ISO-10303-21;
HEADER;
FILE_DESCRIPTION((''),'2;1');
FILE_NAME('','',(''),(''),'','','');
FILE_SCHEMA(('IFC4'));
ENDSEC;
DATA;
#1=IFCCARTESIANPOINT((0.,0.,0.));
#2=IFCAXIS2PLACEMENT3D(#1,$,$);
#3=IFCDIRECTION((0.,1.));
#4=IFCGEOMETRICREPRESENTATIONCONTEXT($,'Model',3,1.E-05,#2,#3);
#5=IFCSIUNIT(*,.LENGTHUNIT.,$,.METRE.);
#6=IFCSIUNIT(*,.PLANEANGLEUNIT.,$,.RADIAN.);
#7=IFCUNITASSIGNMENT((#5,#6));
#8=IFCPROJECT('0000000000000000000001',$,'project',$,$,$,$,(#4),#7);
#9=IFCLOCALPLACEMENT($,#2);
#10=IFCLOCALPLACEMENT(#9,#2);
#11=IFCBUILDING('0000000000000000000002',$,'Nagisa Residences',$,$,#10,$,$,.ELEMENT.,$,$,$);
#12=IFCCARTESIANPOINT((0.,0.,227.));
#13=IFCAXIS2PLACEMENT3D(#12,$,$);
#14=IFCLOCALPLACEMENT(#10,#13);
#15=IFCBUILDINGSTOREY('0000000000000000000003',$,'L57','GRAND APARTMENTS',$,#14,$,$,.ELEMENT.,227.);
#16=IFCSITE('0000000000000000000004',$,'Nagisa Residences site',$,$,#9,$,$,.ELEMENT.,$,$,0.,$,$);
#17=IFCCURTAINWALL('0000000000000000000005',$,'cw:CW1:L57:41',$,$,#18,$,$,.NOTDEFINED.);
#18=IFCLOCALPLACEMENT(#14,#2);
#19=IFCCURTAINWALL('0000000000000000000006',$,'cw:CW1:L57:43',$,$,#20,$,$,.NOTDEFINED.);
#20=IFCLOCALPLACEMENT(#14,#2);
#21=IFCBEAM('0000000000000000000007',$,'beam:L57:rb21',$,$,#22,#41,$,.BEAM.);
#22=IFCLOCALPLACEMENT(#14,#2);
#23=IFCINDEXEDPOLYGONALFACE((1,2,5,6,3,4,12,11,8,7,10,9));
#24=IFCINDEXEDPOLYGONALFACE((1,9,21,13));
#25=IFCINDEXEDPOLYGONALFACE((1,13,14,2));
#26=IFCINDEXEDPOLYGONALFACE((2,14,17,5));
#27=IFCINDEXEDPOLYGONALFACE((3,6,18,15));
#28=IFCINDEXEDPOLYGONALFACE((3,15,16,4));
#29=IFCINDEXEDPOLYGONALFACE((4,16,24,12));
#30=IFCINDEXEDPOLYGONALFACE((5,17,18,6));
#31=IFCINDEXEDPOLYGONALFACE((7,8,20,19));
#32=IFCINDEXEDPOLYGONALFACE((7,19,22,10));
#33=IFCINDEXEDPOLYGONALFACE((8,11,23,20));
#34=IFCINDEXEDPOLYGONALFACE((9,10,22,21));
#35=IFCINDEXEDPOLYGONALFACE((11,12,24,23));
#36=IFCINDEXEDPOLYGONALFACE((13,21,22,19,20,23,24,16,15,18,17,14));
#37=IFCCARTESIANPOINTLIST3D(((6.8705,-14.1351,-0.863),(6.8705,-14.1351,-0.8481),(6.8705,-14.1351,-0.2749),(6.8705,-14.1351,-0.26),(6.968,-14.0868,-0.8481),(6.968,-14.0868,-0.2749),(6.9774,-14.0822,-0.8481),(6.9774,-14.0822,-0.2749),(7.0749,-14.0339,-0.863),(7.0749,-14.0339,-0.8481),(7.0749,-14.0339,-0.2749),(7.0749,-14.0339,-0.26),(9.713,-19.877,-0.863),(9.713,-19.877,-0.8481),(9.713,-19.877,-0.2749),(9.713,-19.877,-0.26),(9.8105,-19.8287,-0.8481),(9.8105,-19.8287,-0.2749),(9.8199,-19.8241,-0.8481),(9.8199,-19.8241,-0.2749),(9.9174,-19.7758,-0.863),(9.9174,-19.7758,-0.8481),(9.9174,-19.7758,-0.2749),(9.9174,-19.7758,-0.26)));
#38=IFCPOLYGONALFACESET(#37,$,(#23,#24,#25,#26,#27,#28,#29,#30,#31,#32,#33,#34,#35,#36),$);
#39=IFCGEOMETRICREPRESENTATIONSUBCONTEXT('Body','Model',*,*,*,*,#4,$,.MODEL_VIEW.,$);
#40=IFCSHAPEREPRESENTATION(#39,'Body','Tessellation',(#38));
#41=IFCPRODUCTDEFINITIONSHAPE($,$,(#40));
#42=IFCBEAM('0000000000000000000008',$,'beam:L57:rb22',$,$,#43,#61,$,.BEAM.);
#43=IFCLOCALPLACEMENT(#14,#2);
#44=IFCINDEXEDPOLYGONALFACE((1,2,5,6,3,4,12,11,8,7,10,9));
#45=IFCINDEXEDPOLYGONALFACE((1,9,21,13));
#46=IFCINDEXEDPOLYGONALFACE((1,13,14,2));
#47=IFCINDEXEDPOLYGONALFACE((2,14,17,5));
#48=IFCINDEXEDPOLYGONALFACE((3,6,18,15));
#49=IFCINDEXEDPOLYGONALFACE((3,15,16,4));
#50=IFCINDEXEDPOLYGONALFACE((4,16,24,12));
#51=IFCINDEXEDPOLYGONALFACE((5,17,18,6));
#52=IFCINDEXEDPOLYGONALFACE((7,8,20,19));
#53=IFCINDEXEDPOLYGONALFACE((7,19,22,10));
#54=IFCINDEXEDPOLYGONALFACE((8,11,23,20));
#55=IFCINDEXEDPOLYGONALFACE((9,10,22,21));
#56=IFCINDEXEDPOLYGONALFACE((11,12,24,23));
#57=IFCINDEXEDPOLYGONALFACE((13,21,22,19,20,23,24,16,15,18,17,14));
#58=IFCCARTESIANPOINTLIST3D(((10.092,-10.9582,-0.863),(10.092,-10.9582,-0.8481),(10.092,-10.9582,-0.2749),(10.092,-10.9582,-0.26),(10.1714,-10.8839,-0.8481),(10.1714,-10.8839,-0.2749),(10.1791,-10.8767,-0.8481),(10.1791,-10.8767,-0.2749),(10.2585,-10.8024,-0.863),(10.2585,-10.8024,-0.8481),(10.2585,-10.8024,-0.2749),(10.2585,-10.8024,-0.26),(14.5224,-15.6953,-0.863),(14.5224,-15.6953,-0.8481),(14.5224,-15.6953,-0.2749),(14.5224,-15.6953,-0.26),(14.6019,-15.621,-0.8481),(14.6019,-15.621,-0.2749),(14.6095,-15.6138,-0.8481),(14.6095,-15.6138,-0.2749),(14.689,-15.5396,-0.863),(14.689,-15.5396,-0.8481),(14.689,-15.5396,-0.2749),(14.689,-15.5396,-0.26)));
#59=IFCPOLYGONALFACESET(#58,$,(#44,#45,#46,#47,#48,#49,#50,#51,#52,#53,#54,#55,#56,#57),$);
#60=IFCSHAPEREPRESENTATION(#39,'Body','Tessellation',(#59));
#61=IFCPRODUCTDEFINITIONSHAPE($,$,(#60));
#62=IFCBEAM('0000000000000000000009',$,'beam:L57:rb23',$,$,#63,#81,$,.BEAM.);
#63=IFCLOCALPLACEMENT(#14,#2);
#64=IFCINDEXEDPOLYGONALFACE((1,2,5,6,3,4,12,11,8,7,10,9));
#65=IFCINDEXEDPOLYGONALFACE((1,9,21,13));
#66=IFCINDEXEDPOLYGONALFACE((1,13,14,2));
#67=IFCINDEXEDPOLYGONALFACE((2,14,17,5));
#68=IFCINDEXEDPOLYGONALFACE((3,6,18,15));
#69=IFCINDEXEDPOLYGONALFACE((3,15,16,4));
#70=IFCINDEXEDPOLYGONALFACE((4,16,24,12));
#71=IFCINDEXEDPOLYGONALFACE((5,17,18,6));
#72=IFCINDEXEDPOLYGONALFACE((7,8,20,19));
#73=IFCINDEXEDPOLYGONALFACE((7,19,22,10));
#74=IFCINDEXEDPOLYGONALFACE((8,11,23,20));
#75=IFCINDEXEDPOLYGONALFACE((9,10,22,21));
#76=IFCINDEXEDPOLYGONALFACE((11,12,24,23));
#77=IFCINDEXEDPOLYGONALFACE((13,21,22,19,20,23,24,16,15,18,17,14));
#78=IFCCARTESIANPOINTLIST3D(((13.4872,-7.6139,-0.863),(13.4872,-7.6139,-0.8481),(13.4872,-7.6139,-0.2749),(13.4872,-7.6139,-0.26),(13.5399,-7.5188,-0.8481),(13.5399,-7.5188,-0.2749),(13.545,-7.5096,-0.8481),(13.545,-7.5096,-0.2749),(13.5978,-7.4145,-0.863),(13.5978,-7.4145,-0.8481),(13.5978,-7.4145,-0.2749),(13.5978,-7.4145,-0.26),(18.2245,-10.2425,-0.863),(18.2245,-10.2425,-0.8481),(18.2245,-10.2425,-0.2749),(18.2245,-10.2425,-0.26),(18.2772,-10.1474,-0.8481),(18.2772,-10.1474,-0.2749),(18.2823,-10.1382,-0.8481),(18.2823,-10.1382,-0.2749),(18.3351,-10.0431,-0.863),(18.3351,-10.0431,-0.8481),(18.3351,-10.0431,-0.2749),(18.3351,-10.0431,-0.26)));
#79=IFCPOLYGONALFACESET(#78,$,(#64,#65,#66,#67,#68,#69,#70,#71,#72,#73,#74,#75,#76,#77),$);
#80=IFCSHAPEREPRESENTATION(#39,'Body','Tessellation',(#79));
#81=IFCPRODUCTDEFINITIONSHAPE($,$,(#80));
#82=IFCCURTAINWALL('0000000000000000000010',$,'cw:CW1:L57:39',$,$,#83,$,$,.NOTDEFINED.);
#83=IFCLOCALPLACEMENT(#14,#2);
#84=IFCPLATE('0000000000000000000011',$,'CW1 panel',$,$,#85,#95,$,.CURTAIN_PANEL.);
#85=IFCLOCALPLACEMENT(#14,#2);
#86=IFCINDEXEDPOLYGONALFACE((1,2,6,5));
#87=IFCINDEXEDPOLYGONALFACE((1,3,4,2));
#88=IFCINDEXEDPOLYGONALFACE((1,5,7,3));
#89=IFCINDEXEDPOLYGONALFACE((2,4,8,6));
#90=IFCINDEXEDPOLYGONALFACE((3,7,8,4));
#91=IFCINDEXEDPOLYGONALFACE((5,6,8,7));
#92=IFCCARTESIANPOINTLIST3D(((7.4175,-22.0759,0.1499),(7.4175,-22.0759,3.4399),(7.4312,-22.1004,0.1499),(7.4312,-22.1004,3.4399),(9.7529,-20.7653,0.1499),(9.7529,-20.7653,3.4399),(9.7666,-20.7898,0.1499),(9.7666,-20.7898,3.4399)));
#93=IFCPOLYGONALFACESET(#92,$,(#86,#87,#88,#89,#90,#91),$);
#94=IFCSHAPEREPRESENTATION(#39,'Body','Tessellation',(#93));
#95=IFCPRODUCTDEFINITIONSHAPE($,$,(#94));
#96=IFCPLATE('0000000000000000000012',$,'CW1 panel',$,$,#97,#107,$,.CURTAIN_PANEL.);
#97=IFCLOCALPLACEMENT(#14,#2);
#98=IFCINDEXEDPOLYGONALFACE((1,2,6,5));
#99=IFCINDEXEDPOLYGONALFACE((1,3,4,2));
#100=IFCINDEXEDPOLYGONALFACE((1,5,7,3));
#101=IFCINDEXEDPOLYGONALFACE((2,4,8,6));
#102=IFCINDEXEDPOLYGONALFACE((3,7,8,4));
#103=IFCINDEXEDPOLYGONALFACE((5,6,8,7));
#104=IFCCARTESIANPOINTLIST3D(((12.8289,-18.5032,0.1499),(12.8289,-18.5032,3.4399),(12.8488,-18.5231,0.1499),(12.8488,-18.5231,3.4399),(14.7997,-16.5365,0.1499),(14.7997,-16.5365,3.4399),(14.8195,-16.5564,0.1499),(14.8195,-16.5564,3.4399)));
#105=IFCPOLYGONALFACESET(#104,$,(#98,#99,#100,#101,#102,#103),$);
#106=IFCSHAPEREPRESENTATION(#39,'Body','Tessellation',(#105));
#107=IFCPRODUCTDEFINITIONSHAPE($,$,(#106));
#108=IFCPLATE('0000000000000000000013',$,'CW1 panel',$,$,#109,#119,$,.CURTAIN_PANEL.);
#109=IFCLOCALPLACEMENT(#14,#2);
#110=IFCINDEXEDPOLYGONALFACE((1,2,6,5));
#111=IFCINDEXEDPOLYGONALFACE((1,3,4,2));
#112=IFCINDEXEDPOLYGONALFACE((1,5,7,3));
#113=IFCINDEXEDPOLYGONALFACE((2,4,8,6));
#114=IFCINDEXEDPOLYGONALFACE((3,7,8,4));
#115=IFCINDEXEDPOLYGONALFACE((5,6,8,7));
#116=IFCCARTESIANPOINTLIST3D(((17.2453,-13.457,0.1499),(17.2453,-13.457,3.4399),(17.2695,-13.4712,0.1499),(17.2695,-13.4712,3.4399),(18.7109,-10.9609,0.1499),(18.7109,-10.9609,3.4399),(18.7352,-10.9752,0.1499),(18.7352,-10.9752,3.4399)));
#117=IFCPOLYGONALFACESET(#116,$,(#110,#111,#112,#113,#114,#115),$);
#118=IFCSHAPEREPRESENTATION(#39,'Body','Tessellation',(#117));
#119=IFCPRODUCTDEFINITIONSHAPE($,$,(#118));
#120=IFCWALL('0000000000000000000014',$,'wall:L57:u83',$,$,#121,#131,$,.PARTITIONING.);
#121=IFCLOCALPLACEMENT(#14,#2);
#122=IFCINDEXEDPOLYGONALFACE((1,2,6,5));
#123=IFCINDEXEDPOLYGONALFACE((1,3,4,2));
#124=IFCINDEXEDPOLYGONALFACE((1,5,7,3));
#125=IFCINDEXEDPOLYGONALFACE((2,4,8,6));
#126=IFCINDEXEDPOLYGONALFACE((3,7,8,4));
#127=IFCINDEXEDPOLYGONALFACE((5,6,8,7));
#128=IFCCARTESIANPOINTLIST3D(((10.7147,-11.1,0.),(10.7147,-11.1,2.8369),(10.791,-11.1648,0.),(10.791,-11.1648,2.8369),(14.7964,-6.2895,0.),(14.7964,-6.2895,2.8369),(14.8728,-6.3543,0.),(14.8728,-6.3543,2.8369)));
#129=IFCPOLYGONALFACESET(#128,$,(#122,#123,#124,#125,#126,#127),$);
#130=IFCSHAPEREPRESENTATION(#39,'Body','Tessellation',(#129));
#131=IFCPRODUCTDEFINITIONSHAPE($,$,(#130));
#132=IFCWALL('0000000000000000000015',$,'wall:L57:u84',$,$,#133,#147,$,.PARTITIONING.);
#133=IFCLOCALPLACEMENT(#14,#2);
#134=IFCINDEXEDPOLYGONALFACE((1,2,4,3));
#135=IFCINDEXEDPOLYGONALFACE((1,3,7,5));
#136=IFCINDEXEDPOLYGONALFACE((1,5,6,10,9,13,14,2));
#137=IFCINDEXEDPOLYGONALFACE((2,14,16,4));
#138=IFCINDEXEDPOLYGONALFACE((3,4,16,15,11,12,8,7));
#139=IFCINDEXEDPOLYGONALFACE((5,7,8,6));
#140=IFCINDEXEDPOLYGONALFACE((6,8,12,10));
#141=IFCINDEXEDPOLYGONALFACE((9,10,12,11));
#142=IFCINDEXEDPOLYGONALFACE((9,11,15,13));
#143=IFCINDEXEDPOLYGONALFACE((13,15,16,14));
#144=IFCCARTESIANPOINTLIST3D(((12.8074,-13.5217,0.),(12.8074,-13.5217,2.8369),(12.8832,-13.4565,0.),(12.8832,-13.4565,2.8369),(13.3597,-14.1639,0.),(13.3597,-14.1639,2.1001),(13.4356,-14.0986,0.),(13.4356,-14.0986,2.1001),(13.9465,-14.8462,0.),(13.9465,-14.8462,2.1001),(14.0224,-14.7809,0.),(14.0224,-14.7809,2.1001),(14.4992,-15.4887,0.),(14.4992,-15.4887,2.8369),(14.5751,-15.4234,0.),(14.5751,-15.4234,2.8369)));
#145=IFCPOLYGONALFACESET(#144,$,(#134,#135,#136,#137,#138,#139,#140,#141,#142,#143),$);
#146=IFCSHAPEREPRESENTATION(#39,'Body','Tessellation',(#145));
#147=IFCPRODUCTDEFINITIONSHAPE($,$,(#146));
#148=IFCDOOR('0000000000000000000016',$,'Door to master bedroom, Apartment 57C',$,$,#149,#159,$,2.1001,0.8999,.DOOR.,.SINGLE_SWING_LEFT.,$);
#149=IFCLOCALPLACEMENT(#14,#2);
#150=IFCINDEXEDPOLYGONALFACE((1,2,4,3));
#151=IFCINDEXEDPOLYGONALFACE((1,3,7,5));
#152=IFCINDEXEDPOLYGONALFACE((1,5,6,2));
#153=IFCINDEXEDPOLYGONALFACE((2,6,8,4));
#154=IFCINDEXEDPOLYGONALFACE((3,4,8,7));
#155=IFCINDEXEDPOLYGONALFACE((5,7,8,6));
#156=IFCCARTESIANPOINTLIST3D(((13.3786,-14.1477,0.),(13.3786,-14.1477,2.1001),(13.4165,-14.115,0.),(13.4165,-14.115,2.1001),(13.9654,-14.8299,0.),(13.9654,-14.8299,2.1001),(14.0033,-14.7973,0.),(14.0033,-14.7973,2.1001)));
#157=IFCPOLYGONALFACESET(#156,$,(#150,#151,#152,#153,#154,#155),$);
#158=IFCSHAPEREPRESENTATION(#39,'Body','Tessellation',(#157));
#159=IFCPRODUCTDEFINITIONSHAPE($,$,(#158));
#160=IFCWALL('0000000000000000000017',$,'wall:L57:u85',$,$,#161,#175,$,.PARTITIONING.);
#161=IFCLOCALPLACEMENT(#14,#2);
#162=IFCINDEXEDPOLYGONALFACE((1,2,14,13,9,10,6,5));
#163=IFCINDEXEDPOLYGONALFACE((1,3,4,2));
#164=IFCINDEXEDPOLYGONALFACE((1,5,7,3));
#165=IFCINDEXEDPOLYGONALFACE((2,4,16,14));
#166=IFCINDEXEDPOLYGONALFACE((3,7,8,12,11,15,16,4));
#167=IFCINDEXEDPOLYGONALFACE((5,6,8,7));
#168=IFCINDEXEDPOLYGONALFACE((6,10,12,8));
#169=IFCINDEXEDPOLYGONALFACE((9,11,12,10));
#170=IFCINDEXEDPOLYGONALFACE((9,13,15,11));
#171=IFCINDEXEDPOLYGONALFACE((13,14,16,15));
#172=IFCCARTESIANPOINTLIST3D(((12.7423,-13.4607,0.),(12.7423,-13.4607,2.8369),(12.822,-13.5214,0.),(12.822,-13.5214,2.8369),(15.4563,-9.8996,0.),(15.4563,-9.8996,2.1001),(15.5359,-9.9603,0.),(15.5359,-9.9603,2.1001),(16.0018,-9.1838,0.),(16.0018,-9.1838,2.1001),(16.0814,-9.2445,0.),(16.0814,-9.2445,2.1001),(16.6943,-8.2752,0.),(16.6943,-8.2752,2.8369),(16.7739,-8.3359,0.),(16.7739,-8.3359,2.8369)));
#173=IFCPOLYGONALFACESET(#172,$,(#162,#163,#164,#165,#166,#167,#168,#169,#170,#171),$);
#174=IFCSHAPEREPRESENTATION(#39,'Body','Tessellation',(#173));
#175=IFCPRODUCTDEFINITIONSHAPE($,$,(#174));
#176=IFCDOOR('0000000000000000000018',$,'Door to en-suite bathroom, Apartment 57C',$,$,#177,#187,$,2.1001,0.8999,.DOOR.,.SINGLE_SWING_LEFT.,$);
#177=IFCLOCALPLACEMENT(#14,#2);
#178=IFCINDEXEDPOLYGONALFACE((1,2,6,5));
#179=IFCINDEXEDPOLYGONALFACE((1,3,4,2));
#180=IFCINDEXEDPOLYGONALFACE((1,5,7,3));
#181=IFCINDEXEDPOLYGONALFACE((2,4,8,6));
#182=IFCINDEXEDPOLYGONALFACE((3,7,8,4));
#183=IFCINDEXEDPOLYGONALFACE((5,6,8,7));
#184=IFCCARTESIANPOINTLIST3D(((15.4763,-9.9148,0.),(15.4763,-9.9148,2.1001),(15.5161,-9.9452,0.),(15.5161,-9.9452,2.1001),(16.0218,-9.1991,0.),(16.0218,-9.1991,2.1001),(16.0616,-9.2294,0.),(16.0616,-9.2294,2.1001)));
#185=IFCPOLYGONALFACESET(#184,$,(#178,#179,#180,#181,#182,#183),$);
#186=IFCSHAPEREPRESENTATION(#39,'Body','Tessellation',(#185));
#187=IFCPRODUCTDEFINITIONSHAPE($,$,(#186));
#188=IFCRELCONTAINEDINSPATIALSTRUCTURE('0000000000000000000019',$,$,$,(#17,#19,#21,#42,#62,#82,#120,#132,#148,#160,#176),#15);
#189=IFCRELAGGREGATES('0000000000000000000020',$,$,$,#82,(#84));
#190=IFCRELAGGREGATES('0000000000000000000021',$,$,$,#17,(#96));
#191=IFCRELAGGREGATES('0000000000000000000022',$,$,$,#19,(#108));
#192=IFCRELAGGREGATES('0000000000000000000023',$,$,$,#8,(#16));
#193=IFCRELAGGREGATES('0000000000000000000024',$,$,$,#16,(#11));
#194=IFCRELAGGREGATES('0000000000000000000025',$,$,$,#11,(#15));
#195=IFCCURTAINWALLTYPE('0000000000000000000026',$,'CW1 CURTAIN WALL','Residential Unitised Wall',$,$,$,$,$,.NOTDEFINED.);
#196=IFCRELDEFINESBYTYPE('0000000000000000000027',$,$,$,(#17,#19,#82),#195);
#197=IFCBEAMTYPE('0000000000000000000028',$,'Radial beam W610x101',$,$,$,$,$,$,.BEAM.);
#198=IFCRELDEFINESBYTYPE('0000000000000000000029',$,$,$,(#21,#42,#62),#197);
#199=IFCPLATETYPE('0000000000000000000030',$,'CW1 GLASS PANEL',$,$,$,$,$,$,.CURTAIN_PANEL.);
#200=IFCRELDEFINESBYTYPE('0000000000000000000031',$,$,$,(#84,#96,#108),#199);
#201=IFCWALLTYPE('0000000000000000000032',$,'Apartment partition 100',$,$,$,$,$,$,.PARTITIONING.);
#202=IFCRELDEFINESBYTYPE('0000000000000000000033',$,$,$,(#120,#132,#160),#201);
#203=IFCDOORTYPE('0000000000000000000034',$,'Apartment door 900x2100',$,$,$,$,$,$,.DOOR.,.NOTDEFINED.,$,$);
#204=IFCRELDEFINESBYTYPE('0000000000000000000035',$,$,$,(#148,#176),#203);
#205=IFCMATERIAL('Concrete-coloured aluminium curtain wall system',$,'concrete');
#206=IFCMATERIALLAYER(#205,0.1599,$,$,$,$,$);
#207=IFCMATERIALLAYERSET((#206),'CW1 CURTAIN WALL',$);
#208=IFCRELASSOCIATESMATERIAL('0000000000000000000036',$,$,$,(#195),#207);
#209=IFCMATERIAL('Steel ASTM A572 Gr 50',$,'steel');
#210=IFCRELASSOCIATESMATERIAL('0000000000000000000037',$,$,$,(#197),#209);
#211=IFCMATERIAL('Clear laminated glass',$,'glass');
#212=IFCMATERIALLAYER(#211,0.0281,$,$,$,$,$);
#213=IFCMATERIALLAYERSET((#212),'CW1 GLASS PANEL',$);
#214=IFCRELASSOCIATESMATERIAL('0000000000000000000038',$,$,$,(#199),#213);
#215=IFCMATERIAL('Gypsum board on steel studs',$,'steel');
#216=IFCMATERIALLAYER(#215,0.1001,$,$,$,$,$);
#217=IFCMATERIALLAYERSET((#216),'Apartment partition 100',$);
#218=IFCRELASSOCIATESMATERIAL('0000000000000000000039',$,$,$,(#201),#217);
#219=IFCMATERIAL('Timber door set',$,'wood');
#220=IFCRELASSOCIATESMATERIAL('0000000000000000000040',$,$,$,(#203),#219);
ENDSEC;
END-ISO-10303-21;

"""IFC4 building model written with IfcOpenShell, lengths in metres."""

from ifc_helpers import new_model, si_unit, direction, frame, frame_2d, origin, origin_2d, place, context, subcontext, project, spatial, rectangle, i_section, extrude, material, layer, layer_set, material_profile, profile_set, type_object, element, fill, aggregate, save


model = new_model("IFC4")

# Units and contexts
model_context = context("Model", 3, precision=1e-05, world=origin(), true_north=direction((0.0, 1.0)))
body_context = subcontext(model_context, "Body", "Model", "MODEL_VIEW")
ifc_project = project(units=[si_unit("LENGTHUNIT", "METRE"), si_unit("PLANEANGLEUNIT", "RADIAN")], contexts=[model_context])

# Site, building, storey
site_placement = place(None, origin())
site = spatial("IfcSite", under=ifc_project, at=site_placement, Name="Nagisa Residences site", CompositionType="ELEMENT", RefElevation=0.0)
building_placement = place(site_placement, origin())
building = spatial("IfcBuilding", under=site, at=building_placement, Name="Nagisa Residences", CompositionType="ELEMENT")
storey_placement = place(building_placement, frame((0.0, 0.0, 227.0)))
storey = spatial("IfcBuildingStorey", under=building, at=storey_placement, Name="L57", Description="GRAND APARTMENTS", CompositionType="ELEMENT", Elevation=227.0)

# Curtain walls
ifc_material_1 = material(Name="Concrete-coloured aluminium curtain wall system", Category="concrete")
ifc_layer_1 = layer(ifc_material_1, 0.1599)
ifc_layer_set_1 = layer_set([ifc_layer_1], Name="CW1 CURTAIN WALL")
curtain_wall_type = type_object("IfcCurtainWallType", Name="CW1 CURTAIN WALL", Description="Residential Unitised Wall", PredefinedType="NOTDEFINED", material=ifc_layer_set_1)
curtain_wall_1_placement = place(storey_placement, origin())
curtain_wall_1 = element("IfcCurtainWall", 1, at=curtain_wall_1_placement, inside=storey, type_object=curtain_wall_type, Name="cw:CW1:L57:41", PredefinedType="NOTDEFINED")
curtain_wall_2_placement = place(storey_placement, origin())
curtain_wall_2 = element("IfcCurtainWall", 2, at=curtain_wall_2_placement, inside=storey, type_object=curtain_wall_type, Name="cw:CW1:L57:43", PredefinedType="NOTDEFINED")

# Beams
ifc_material_2 = material(Name="Steel ASTM A572 Gr 50", Category="steel")
ifc_material_profile_1 = material_profile(ifc_material_2, i_section(OverallWidth=0.228, OverallDepth=0.603, WebThickness=0.0105, FlangeThickness=0.0149, at=origin_2d()), Name="W610x101")
ifc_profile_set_1 = profile_set([ifc_material_profile_1], Name="Steel ASTM A572 Gr 50")
beam_type_1 = type_object("IfcBeamType", Name="Radial beam W610x101", PredefinedType="BEAM", material=ifc_profile_set_1)
beam_1_placement = place(storey_placement, frame((9.8152, -19.8264, -0.5615), z_axis=(-0.443659, 0.896196, 0.0), x_axis=(-0.896196, -0.443659, 0.0)))
element("IfcBeam", 3, at=beam_1_placement, inside=storey, type_object=beam_type_1, Name="beam:L57:rb21", PredefinedType="BEAM", context=body_context, shape_type="SweptSolid", body=[
    extrude(i_section(OverallWidth=0.228, OverallDepth=0.603, WebThickness=0.0105, FlangeThickness=0.0149, at=origin_2d()), origin(), (0.0, 0.0, 1.0), 6.407),
])
beam_2_placement = place(storey_placement, frame((14.6057, -15.6174, -0.5615), z_axis=(-0.683073, 0.73035, 0.0), x_axis=(-0.73035, -0.683073, 0.0)))
element("IfcBeam", 4, at=beam_2_placement, inside=storey, type_object=beam_type_1, Name="beam:L57:rb22", PredefinedType="BEAM", context=body_context, shape_type="SweptSolid", body=[
    extrude(i_section(OverallWidth=0.228, OverallDepth=0.603, WebThickness=0.0105, FlangeThickness=0.0149, at=origin_2d()), origin(), (0.0, 0.0, 1.0), 6.4861),
])
beam_3_placement = place(storey_placement, frame((18.2798, -10.1428, -0.5615), z_axis=(-0.874406, 0.485195, 0.0), x_axis=(-0.485195, -0.874406, 0.0)))
element("IfcBeam", 5, at=beam_3_placement, inside=storey, type_object=beam_type_1, Name="beam:L57:rb23", PredefinedType="BEAM", context=body_context, shape_type="SweptSolid", body=[
    extrude(i_section(OverallWidth=0.228, OverallDepth=0.603, WebThickness=0.0105, FlangeThickness=0.0149, at=origin_2d()), origin(), (0.0, 0.0, 1.0), 5.4177),
])

# Curtain wall, plate
curtain_wall_3_placement = place(storey_placement, origin())
curtain_wall_3 = element("IfcCurtainWall", 6, at=curtain_wall_3_placement, inside=storey, type_object=curtain_wall_type, Name="cw:CW1:L57:39", PredefinedType="NOTDEFINED")
ifc_material_3 = material(Name="Clear laminated glass", Category="glass")
ifc_layer_2 = layer(ifc_material_3, 0.0281)
ifc_layer_set_2 = layer_set([ifc_layer_2], Name="CW1 GLASS PANEL")
plate_type = type_object("IfcPlateType", Name="CW1 GLASS PANEL", PredefinedType="CURTAIN_PANEL", material=ifc_layer_set_2)
plate_1_placement = place(storey_placement, frame((8.592, -21.4329, 0.1499), z_axis=(0.0, 0.0, 1.0), x_axis=(0.872072, 0.489377, 0.0)))
plate_1 = element("IfcPlate", 7, at=plate_1_placement, type_object=plate_type, Name="CW1 panel", PredefinedType="CURTAIN_PANEL", context=body_context, shape_type="SweptSolid", body=[
    extrude(rectangle(XDim=2.678, YDim=0.0281, at=origin_2d()), origin(), (0.0, 0.0, 1.0), 3.29),
])
aggregate(curtain_wall_3, [plate_1])

# Plates
plate_2_placement = place(storey_placement, frame((13.8242, -17.5298, 0.1499), z_axis=(0.0, 0.0, 1.0), x_axis=(0.707836, 0.706377, 0.0)))
plate_2 = element("IfcPlate", 8, at=plate_2_placement, type_object=plate_type, Name="CW1 panel", PredefinedType="CURTAIN_PANEL", context=body_context, shape_type="SweptSolid", body=[
    extrude(rectangle(XDim=2.7842, YDim=0.0281, at=origin_2d()), origin(), (0.0, 0.0, 1.0), 3.29),
])
aggregate(curtain_wall_1, [plate_2])
plate_3_placement = place(storey_placement, frame((17.9902, -12.2161, 0.1499), z_axis=(0.0, 0.0, 1.0), x_axis=(0.506349, 0.862329, 0.0)))
plate_3 = element("IfcPlate", 9, at=plate_3_placement, type_object=plate_type, Name="CW1 panel", PredefinedType="CURTAIN_PANEL", context=body_context, shape_type="SweptSolid", body=[
    extrude(rectangle(XDim=2.8945, YDim=0.0281, at=origin_2d()), origin(), (0.0, 0.0, 1.0), 3.29),
])
aggregate(curtain_wall_2, [plate_3])

# Wall
ifc_material_4 = material(Name="Gypsum board on steel studs", Category="steel")
ifc_layer_3 = layer(ifc_material_4, 0.1001)
ifc_layer_set_3 = layer_set([ifc_layer_3], Name="Apartment partition 100")
wall_type_1 = type_object("IfcWallType", Name="Apartment partition 100", PredefinedType="PARTITIONING", material=ifc_layer_set_3)
wall_1_placement = place(storey_placement, frame((10.7529, -11.1323, 0.0), z_axis=(0.0, 0.0, 1.0), x_axis=(0.646988, 0.7625, 0.0)))
element("IfcWall", 10, at=wall_1_placement, inside=storey, type_object=wall_type_1, Name="wall:L57:u83", PredefinedType="PARTITIONING", context=body_context, shape_type="SweptSolid", body=[
    extrude(rectangle(XDim=6.3088, YDim=0.1001, at=frame_2d((3.1543, 0.0))), origin(), (0.0, 0.0, 1.0), 2.8369),
])

# Walls, openings, doors
wall_2_placement = place(storey_placement, frame((12.8452, -13.489, 0.0), z_axis=(0.0, 0.0, 1.0), x_axis=(0.652092, -0.75814, 0.0)))
wall_2 = element("IfcWall", 11, at=wall_2_placement, inside=storey, type_object=wall_type_1, Name="wall:L57:u84", PredefinedType="PARTITIONING", context=body_context, shape_type="SweptSolid", body=[
    extrude(rectangle(XDim=2.5945, YDim=0.1001, at=frame_2d((1.2974, 0.0))), origin(), (0.0, 0.0, 1.0), 2.8369),
])
opening_1_placement = place(wall_2_placement, frame((0.8472, 0.0, 0.0)))
opening_1 = element("IfcOpeningElement", 12, at=opening_1_placement, cuts=wall_2, PredefinedType="OPENING", context=body_context, shape_type="SweptSolid", body=[
    extrude(rectangle(XDim=0.8999, YDim=2.1001, at=frame_2d((0.45, 1.05))), frame((0.0, 0.0601, 0.0), z_axis=(0.0, -1.0, 0.0), x_axis=(1.0, 0.0, 0.0)), (0.0, 0.0, 1.0), 0.1201),
])
ifc_material_5 = material(Name="Timber door set", Category="wood")
door_type_1 = type_object("IfcDoorType", Name="Apartment door 900x2100", OperationType="NOTDEFINED", PredefinedType="DOOR", material=ifc_material_5)
door_1_placement = place(opening_1_placement, origin())
door_1 = element("IfcDoor", 13, at=door_1_placement, inside=storey, type_object=door_type_1, Name="Door to master bedroom, Apartment 57C", OperationType="SINGLE_SWING_LEFT", OverallHeight=2.1001, OverallWidth=0.8999, PredefinedType="DOOR", context=body_context, shape_type="SweptSolid", body=[
    extrude(rectangle(XDim=0.8999, YDim=2.1001, at=frame_2d((0.45, 1.05))), frame((0.0, 0.0249, 0.0), z_axis=(0.0, -1.0, 0.0), x_axis=(1.0, 0.0, 0.0)), (0.0, 0.0, 1.0), 0.05),
])
fill(opening_1, door_1)
wall_3_placement = place(storey_placement, frame((12.7822, -13.491, 0.0), z_axis=(0.0, 0.0, 1.0), x_axis=(0.606141, 0.795357, 0.0)))
wall_3 = element("IfcWall", 14, at=wall_3_placement, inside=storey, type_object=wall_type_1, Name="wall:L57:u85", PredefinedType="PARTITIONING", context=body_context, shape_type="SweptSolid", body=[
    extrude(rectangle(XDim=6.5198, YDim=0.1001, at=frame_2d((3.2598, 0.0))), origin(), (0.0, 0.0, 1.0), 2.8369),
])
opening_2_placement = place(wall_3_placement, frame((4.4773, 0.0, 0.0)))
opening_2 = element("IfcOpeningElement", 15, at=opening_2_placement, cuts=wall_3, PredefinedType="OPENING", context=body_context, shape_type="SweptSolid", body=[
    extrude(rectangle(XDim=0.8999, YDim=2.1001, at=frame_2d((0.45, 1.05))), frame((0.0, 0.0601, 0.0), z_axis=(0.0, -1.0, 0.0), x_axis=(1.0, 0.0, 0.0)), (0.0, 0.0, 1.0), 0.1201),
])
door_2_placement = place(opening_2_placement, origin())
door_2 = element("IfcDoor", 16, at=door_2_placement, inside=storey, type_object=door_type_1, Name="Door to en-suite bathroom, Apartment 57C", OperationType="SINGLE_SWING_LEFT", OverallHeight=2.1001, OverallWidth=0.8999, PredefinedType="DOOR", context=body_context, shape_type="SweptSolid", body=[
    extrude(rectangle(XDim=0.8999, YDim=2.1001, at=frame_2d((0.45, 1.05))), frame((0.0, 0.0249, 0.0), z_axis=(0.0, -1.0, 0.0), x_axis=(1.0, 0.0, 0.0)), (0.0, 0.0, 1.0), 0.05),
])
fill(opening_2, door_2)

save(model, "model.ifc")
